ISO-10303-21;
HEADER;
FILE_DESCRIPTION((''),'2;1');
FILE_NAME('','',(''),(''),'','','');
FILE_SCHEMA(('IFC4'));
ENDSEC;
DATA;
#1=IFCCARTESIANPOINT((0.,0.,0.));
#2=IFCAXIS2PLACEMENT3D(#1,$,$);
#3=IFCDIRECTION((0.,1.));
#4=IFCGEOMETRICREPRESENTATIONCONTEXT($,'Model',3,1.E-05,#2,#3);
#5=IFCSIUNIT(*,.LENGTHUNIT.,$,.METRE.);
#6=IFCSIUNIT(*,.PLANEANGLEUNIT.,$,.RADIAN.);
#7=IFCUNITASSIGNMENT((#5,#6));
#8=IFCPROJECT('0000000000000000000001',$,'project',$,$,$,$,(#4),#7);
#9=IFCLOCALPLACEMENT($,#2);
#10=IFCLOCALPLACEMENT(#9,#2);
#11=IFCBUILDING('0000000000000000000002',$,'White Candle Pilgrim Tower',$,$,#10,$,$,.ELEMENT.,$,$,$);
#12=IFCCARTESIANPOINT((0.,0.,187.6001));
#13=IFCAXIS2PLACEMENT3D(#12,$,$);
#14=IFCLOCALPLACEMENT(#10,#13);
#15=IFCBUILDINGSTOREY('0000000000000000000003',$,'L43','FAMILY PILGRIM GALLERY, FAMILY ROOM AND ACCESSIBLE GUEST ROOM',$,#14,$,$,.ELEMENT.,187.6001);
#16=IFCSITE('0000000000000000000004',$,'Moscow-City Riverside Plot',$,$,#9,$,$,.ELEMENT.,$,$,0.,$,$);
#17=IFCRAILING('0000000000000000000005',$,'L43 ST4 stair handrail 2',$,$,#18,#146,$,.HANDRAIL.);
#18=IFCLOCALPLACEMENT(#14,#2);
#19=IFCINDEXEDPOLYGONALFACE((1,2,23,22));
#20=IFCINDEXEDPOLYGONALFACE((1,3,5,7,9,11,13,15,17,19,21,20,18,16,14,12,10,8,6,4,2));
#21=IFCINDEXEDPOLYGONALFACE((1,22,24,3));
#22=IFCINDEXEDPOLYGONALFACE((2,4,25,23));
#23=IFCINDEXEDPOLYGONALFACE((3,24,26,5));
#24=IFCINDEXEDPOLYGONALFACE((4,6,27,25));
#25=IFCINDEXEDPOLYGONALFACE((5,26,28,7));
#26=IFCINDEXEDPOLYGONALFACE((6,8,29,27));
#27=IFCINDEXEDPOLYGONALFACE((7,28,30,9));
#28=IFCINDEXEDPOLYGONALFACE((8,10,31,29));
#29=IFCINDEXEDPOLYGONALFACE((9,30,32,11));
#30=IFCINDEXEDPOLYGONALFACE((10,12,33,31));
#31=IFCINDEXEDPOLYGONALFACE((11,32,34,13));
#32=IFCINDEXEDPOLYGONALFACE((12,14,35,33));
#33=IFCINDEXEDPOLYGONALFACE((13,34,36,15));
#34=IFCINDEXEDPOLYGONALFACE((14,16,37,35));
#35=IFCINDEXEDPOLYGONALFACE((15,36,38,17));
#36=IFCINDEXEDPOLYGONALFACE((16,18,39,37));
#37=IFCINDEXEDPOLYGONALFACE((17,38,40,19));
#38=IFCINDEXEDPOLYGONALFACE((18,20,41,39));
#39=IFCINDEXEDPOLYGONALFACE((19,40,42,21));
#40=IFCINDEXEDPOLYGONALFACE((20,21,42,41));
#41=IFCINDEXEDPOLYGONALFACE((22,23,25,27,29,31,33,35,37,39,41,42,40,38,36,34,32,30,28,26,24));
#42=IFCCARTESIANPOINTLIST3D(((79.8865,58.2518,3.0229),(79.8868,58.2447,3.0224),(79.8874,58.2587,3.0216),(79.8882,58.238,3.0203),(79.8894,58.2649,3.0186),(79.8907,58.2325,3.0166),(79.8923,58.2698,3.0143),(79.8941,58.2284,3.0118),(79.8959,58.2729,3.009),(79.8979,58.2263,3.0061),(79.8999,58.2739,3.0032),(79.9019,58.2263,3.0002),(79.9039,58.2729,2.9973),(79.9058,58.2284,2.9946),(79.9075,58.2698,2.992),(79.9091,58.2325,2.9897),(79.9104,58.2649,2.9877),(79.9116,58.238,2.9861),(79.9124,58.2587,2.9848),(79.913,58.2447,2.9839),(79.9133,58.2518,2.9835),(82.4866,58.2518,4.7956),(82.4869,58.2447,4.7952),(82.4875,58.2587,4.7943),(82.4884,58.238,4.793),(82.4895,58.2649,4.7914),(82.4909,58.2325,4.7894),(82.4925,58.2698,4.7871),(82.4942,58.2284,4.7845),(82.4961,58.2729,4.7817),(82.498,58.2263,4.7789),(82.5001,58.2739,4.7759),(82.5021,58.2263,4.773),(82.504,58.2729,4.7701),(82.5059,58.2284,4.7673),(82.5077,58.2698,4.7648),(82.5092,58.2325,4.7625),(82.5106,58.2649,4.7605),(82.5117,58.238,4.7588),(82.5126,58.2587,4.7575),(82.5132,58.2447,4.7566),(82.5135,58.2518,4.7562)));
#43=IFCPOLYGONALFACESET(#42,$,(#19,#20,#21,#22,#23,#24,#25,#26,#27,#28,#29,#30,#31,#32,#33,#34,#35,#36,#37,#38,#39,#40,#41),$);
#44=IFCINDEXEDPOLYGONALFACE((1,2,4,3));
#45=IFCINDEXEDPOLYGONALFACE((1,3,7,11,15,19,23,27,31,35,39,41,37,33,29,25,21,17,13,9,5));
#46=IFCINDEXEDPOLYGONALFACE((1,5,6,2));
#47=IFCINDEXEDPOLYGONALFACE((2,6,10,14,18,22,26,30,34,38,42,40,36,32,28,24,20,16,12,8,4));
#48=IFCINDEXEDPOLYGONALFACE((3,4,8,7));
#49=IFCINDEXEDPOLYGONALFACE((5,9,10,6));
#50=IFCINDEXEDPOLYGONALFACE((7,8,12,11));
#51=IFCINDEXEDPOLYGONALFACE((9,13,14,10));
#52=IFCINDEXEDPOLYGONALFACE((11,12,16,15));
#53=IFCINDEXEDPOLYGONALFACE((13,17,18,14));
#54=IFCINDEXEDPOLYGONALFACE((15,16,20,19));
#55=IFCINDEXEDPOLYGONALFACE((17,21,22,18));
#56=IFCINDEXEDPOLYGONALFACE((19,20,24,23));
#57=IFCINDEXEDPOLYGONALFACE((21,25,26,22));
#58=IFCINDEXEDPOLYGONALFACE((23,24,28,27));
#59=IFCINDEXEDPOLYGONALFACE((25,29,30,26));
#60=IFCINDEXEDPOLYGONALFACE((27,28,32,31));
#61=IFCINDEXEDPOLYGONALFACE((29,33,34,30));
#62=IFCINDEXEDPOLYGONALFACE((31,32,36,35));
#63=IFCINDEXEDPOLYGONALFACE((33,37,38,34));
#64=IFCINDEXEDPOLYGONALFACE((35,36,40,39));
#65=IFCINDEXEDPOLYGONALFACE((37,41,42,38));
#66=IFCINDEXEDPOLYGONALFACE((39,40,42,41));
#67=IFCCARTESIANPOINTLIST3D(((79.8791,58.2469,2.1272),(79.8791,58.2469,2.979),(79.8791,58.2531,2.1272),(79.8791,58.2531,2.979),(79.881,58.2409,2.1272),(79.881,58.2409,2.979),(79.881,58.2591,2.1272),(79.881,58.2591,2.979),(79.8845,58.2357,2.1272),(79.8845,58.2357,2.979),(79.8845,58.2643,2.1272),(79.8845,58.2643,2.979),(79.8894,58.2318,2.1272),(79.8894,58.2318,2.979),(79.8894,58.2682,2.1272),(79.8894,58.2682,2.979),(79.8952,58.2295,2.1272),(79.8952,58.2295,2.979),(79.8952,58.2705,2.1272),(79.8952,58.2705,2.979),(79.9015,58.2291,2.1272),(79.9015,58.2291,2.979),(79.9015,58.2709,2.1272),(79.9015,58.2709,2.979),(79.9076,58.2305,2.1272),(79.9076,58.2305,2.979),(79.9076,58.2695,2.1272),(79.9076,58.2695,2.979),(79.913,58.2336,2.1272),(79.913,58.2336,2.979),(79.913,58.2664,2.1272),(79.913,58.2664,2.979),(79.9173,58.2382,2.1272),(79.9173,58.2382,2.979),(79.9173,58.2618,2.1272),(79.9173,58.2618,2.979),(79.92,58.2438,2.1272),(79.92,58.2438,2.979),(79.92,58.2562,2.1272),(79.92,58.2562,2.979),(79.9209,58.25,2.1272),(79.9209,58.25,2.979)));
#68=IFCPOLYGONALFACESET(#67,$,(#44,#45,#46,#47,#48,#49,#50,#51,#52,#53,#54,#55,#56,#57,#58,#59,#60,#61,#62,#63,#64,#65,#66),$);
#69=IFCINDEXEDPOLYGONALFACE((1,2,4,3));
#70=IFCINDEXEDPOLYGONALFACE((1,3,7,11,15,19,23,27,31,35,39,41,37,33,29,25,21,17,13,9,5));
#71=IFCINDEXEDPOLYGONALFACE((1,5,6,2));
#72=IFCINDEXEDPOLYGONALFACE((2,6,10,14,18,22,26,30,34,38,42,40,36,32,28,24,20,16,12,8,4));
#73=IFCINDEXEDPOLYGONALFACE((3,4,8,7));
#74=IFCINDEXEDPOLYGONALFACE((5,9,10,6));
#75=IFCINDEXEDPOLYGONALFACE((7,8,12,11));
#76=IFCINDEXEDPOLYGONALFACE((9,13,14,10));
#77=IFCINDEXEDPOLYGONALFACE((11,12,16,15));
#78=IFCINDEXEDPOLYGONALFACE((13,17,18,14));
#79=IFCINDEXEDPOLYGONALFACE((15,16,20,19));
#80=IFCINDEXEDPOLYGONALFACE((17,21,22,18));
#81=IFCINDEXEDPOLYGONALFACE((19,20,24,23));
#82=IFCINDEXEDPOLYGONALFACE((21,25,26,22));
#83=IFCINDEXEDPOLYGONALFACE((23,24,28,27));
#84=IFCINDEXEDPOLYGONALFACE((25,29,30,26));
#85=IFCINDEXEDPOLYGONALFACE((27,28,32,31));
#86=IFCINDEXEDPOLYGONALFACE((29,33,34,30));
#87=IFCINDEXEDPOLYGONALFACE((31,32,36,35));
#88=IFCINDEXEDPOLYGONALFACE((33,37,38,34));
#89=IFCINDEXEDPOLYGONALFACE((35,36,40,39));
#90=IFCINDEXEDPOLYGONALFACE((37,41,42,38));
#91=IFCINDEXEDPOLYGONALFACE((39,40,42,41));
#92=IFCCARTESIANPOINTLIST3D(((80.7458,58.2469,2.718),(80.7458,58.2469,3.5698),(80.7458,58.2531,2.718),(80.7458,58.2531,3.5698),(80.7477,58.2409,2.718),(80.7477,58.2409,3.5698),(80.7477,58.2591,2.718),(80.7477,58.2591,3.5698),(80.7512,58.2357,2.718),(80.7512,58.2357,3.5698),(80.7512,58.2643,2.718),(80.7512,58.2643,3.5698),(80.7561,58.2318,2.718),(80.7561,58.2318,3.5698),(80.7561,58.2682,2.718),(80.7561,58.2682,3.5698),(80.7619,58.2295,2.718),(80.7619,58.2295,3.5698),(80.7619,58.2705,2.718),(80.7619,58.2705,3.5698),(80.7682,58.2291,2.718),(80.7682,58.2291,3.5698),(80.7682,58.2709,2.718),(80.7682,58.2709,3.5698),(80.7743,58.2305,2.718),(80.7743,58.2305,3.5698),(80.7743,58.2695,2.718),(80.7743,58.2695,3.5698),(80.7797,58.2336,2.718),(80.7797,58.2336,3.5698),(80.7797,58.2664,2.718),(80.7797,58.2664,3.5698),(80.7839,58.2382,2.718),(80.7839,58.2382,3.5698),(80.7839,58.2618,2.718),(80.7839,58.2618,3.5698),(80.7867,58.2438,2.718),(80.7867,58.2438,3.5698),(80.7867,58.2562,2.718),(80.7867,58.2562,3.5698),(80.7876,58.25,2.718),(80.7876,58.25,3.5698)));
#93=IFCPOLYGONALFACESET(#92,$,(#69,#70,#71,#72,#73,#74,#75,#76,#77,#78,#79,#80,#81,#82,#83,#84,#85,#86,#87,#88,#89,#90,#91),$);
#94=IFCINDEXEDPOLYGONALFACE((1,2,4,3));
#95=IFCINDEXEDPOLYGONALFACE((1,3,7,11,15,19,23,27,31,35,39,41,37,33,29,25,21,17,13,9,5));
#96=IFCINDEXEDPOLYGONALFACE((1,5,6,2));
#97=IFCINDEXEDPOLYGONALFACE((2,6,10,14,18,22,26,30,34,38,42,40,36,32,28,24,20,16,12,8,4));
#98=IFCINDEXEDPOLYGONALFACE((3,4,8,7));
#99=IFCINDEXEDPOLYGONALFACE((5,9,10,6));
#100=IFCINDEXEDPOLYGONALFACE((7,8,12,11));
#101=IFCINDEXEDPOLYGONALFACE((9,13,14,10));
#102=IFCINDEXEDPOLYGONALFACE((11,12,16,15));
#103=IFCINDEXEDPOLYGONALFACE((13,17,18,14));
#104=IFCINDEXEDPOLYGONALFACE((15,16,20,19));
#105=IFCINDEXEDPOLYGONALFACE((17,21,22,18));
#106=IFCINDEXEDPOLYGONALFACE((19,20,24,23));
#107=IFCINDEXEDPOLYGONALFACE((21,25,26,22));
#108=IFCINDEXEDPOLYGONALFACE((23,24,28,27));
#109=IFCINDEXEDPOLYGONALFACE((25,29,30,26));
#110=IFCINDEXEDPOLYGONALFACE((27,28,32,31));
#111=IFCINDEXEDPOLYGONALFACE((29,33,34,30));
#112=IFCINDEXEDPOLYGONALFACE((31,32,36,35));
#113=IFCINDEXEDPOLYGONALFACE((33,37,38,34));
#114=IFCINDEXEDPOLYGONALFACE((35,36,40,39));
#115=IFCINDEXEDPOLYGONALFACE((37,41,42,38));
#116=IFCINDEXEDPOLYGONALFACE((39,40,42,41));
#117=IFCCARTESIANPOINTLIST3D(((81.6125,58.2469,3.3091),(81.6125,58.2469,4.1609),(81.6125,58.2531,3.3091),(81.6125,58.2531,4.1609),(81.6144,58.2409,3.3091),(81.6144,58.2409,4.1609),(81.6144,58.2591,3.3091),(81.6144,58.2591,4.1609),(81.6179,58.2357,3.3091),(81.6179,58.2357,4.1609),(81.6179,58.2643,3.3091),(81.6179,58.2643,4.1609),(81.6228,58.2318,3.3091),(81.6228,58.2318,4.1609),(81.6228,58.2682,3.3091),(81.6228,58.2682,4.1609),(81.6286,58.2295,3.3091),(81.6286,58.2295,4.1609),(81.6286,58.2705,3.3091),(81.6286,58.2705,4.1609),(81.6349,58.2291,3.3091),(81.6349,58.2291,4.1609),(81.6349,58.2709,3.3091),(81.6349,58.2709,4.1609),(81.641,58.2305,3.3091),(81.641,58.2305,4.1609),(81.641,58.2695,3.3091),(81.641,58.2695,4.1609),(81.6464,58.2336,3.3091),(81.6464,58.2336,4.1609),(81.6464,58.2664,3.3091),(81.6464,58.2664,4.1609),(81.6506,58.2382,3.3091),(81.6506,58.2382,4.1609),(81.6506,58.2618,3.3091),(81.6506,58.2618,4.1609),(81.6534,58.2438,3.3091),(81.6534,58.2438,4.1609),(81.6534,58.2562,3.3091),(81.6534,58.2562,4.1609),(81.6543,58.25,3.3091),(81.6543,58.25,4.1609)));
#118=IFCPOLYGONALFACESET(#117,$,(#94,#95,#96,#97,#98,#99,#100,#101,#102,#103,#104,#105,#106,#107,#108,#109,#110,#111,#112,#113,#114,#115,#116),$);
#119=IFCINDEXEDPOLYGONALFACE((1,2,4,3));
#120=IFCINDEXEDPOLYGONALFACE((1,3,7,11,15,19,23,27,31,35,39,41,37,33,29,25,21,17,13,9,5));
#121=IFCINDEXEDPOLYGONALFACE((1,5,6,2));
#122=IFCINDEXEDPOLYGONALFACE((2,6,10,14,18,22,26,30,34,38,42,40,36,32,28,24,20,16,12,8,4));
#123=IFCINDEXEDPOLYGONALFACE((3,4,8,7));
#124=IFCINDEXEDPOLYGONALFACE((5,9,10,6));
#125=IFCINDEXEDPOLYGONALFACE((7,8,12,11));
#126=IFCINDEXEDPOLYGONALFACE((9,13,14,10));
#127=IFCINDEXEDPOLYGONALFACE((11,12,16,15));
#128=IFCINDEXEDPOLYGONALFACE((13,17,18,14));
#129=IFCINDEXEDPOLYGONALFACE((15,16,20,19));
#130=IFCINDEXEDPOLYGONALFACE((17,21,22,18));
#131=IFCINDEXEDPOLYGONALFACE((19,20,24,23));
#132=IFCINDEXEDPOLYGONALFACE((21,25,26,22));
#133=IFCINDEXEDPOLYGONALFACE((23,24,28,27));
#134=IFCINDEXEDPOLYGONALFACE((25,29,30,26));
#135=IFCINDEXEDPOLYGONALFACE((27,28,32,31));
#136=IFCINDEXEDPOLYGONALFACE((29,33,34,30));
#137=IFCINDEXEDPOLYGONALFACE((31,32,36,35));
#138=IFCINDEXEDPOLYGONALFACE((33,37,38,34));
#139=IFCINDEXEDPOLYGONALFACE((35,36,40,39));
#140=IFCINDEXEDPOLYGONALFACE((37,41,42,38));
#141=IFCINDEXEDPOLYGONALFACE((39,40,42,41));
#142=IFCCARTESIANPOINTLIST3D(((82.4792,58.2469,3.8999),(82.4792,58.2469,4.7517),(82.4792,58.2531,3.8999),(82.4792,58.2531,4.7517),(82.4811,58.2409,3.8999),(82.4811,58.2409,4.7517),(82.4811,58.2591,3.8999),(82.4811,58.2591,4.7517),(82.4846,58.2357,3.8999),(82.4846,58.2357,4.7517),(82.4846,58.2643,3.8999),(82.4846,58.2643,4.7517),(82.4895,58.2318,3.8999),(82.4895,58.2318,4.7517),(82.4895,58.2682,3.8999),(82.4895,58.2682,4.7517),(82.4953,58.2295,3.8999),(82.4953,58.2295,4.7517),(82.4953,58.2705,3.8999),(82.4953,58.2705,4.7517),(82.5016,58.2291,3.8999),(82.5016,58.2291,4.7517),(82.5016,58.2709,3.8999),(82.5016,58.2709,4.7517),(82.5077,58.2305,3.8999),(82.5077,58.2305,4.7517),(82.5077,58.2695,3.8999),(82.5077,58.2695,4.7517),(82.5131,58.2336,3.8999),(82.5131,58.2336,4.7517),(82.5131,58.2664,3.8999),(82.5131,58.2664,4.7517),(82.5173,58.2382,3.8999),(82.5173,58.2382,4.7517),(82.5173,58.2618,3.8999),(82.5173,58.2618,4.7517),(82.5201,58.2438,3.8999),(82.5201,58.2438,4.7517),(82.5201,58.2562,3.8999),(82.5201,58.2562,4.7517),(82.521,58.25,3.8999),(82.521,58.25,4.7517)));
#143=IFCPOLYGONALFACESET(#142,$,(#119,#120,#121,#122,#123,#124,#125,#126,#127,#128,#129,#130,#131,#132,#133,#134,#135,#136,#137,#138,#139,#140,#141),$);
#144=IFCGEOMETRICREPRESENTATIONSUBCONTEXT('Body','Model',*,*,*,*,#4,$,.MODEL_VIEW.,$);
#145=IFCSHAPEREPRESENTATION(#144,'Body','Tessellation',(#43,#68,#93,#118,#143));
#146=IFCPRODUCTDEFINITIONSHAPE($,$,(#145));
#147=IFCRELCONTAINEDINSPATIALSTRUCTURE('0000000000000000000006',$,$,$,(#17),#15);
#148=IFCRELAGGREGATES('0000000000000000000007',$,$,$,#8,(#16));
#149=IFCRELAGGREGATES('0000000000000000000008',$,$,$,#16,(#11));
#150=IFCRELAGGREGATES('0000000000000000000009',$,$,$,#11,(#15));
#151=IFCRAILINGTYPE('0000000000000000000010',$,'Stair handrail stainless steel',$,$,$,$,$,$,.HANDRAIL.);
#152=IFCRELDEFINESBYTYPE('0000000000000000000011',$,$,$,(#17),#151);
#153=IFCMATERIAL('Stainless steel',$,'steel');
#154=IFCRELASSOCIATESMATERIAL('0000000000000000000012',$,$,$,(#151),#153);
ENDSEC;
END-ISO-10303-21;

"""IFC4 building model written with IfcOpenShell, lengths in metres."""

from ifc_helpers import new_model, si_unit, direction, frame, origin, origin_2d, place, context, subcontext, project, spatial, circle, extrude, material, type_object, element, save


model = new_model("IFC4")

# Units and contexts
model_context = context("Model", 3, precision=1e-05, world=origin(), true_north=direction((0.0, 1.0)))
body_context = subcontext(model_context, "Body", "Model", "MODEL_VIEW")
ifc_project = project(units=[si_unit("LENGTHUNIT", "METRE"), si_unit("PLANEANGLEUNIT", "RADIAN")], contexts=[model_context])

# Site, building, storey
site_placement = place(None, origin())
site = spatial("IfcSite", under=ifc_project, at=site_placement, Name="Moscow-City Riverside Plot", CompositionType="ELEMENT", RefElevation=0.0)
building_placement = place(site_placement, origin())
building = spatial("IfcBuilding", under=site, at=building_placement, Name="White Candle Pilgrim Tower", CompositionType="ELEMENT")
storey_placement = place(building_placement, frame((0.0, 0.0, 187.6001)))
storey = spatial("IfcBuildingStorey", under=building, at=storey_placement, Name="L43", Description="FAMILY PILGRIM GALLERY, FAMILY ROOM AND ACCESSIBLE GUEST ROOM", CompositionType="ELEMENT", Elevation=187.6001)

# Railing
ifc_material_1 = material(Name="Stainless steel", Category="steel")
railing_type_1 = type_object("IfcRailingType", Name="Stair handrail stainless steel", PredefinedType="HANDRAIL", material=ifc_material_1)
railing_1_placement = place(storey_placement, frame((79.8999, 58.25, 2.1272)))
element("IfcRailing", 1, at=railing_1_placement, inside=storey, type_object=railing_type_1, Name="L43 ST4 stair handrail 2", PredefinedType="HANDRAIL", context=body_context, shape_type="SweptSolid", body=[
    extrude(circle(Radius=0.0239, at=origin_2d()), frame((0.0, 0.0, 0.876), z_axis=(0.82624, 0.0, 0.563318), x_axis=(0.0, 1.0, 0.0)), (0.0, 0.0, 1.0), 3.147),
    extrude(circle(Radius=0.021, at=origin_2d()), origin(), (0.0, 0.0, 1.0), 0.8518),
    extrude(circle(Radius=0.021, at=origin_2d()), frame((0.8667, 0.0, 0.5908)), (0.0, 0.0, 1.0), 0.8518),
    extrude(circle(Radius=0.021, at=origin_2d()), frame((1.7334, 0.0, 1.1819)), (0.0, 0.0, 1.0), 0.8518),
    extrude(circle(Radius=0.021, at=origin_2d()), frame((2.6001, 0.0, 1.7727)), (0.0, 0.0, 1.0), 0.8518),
])

save(model, "model.ifc")
